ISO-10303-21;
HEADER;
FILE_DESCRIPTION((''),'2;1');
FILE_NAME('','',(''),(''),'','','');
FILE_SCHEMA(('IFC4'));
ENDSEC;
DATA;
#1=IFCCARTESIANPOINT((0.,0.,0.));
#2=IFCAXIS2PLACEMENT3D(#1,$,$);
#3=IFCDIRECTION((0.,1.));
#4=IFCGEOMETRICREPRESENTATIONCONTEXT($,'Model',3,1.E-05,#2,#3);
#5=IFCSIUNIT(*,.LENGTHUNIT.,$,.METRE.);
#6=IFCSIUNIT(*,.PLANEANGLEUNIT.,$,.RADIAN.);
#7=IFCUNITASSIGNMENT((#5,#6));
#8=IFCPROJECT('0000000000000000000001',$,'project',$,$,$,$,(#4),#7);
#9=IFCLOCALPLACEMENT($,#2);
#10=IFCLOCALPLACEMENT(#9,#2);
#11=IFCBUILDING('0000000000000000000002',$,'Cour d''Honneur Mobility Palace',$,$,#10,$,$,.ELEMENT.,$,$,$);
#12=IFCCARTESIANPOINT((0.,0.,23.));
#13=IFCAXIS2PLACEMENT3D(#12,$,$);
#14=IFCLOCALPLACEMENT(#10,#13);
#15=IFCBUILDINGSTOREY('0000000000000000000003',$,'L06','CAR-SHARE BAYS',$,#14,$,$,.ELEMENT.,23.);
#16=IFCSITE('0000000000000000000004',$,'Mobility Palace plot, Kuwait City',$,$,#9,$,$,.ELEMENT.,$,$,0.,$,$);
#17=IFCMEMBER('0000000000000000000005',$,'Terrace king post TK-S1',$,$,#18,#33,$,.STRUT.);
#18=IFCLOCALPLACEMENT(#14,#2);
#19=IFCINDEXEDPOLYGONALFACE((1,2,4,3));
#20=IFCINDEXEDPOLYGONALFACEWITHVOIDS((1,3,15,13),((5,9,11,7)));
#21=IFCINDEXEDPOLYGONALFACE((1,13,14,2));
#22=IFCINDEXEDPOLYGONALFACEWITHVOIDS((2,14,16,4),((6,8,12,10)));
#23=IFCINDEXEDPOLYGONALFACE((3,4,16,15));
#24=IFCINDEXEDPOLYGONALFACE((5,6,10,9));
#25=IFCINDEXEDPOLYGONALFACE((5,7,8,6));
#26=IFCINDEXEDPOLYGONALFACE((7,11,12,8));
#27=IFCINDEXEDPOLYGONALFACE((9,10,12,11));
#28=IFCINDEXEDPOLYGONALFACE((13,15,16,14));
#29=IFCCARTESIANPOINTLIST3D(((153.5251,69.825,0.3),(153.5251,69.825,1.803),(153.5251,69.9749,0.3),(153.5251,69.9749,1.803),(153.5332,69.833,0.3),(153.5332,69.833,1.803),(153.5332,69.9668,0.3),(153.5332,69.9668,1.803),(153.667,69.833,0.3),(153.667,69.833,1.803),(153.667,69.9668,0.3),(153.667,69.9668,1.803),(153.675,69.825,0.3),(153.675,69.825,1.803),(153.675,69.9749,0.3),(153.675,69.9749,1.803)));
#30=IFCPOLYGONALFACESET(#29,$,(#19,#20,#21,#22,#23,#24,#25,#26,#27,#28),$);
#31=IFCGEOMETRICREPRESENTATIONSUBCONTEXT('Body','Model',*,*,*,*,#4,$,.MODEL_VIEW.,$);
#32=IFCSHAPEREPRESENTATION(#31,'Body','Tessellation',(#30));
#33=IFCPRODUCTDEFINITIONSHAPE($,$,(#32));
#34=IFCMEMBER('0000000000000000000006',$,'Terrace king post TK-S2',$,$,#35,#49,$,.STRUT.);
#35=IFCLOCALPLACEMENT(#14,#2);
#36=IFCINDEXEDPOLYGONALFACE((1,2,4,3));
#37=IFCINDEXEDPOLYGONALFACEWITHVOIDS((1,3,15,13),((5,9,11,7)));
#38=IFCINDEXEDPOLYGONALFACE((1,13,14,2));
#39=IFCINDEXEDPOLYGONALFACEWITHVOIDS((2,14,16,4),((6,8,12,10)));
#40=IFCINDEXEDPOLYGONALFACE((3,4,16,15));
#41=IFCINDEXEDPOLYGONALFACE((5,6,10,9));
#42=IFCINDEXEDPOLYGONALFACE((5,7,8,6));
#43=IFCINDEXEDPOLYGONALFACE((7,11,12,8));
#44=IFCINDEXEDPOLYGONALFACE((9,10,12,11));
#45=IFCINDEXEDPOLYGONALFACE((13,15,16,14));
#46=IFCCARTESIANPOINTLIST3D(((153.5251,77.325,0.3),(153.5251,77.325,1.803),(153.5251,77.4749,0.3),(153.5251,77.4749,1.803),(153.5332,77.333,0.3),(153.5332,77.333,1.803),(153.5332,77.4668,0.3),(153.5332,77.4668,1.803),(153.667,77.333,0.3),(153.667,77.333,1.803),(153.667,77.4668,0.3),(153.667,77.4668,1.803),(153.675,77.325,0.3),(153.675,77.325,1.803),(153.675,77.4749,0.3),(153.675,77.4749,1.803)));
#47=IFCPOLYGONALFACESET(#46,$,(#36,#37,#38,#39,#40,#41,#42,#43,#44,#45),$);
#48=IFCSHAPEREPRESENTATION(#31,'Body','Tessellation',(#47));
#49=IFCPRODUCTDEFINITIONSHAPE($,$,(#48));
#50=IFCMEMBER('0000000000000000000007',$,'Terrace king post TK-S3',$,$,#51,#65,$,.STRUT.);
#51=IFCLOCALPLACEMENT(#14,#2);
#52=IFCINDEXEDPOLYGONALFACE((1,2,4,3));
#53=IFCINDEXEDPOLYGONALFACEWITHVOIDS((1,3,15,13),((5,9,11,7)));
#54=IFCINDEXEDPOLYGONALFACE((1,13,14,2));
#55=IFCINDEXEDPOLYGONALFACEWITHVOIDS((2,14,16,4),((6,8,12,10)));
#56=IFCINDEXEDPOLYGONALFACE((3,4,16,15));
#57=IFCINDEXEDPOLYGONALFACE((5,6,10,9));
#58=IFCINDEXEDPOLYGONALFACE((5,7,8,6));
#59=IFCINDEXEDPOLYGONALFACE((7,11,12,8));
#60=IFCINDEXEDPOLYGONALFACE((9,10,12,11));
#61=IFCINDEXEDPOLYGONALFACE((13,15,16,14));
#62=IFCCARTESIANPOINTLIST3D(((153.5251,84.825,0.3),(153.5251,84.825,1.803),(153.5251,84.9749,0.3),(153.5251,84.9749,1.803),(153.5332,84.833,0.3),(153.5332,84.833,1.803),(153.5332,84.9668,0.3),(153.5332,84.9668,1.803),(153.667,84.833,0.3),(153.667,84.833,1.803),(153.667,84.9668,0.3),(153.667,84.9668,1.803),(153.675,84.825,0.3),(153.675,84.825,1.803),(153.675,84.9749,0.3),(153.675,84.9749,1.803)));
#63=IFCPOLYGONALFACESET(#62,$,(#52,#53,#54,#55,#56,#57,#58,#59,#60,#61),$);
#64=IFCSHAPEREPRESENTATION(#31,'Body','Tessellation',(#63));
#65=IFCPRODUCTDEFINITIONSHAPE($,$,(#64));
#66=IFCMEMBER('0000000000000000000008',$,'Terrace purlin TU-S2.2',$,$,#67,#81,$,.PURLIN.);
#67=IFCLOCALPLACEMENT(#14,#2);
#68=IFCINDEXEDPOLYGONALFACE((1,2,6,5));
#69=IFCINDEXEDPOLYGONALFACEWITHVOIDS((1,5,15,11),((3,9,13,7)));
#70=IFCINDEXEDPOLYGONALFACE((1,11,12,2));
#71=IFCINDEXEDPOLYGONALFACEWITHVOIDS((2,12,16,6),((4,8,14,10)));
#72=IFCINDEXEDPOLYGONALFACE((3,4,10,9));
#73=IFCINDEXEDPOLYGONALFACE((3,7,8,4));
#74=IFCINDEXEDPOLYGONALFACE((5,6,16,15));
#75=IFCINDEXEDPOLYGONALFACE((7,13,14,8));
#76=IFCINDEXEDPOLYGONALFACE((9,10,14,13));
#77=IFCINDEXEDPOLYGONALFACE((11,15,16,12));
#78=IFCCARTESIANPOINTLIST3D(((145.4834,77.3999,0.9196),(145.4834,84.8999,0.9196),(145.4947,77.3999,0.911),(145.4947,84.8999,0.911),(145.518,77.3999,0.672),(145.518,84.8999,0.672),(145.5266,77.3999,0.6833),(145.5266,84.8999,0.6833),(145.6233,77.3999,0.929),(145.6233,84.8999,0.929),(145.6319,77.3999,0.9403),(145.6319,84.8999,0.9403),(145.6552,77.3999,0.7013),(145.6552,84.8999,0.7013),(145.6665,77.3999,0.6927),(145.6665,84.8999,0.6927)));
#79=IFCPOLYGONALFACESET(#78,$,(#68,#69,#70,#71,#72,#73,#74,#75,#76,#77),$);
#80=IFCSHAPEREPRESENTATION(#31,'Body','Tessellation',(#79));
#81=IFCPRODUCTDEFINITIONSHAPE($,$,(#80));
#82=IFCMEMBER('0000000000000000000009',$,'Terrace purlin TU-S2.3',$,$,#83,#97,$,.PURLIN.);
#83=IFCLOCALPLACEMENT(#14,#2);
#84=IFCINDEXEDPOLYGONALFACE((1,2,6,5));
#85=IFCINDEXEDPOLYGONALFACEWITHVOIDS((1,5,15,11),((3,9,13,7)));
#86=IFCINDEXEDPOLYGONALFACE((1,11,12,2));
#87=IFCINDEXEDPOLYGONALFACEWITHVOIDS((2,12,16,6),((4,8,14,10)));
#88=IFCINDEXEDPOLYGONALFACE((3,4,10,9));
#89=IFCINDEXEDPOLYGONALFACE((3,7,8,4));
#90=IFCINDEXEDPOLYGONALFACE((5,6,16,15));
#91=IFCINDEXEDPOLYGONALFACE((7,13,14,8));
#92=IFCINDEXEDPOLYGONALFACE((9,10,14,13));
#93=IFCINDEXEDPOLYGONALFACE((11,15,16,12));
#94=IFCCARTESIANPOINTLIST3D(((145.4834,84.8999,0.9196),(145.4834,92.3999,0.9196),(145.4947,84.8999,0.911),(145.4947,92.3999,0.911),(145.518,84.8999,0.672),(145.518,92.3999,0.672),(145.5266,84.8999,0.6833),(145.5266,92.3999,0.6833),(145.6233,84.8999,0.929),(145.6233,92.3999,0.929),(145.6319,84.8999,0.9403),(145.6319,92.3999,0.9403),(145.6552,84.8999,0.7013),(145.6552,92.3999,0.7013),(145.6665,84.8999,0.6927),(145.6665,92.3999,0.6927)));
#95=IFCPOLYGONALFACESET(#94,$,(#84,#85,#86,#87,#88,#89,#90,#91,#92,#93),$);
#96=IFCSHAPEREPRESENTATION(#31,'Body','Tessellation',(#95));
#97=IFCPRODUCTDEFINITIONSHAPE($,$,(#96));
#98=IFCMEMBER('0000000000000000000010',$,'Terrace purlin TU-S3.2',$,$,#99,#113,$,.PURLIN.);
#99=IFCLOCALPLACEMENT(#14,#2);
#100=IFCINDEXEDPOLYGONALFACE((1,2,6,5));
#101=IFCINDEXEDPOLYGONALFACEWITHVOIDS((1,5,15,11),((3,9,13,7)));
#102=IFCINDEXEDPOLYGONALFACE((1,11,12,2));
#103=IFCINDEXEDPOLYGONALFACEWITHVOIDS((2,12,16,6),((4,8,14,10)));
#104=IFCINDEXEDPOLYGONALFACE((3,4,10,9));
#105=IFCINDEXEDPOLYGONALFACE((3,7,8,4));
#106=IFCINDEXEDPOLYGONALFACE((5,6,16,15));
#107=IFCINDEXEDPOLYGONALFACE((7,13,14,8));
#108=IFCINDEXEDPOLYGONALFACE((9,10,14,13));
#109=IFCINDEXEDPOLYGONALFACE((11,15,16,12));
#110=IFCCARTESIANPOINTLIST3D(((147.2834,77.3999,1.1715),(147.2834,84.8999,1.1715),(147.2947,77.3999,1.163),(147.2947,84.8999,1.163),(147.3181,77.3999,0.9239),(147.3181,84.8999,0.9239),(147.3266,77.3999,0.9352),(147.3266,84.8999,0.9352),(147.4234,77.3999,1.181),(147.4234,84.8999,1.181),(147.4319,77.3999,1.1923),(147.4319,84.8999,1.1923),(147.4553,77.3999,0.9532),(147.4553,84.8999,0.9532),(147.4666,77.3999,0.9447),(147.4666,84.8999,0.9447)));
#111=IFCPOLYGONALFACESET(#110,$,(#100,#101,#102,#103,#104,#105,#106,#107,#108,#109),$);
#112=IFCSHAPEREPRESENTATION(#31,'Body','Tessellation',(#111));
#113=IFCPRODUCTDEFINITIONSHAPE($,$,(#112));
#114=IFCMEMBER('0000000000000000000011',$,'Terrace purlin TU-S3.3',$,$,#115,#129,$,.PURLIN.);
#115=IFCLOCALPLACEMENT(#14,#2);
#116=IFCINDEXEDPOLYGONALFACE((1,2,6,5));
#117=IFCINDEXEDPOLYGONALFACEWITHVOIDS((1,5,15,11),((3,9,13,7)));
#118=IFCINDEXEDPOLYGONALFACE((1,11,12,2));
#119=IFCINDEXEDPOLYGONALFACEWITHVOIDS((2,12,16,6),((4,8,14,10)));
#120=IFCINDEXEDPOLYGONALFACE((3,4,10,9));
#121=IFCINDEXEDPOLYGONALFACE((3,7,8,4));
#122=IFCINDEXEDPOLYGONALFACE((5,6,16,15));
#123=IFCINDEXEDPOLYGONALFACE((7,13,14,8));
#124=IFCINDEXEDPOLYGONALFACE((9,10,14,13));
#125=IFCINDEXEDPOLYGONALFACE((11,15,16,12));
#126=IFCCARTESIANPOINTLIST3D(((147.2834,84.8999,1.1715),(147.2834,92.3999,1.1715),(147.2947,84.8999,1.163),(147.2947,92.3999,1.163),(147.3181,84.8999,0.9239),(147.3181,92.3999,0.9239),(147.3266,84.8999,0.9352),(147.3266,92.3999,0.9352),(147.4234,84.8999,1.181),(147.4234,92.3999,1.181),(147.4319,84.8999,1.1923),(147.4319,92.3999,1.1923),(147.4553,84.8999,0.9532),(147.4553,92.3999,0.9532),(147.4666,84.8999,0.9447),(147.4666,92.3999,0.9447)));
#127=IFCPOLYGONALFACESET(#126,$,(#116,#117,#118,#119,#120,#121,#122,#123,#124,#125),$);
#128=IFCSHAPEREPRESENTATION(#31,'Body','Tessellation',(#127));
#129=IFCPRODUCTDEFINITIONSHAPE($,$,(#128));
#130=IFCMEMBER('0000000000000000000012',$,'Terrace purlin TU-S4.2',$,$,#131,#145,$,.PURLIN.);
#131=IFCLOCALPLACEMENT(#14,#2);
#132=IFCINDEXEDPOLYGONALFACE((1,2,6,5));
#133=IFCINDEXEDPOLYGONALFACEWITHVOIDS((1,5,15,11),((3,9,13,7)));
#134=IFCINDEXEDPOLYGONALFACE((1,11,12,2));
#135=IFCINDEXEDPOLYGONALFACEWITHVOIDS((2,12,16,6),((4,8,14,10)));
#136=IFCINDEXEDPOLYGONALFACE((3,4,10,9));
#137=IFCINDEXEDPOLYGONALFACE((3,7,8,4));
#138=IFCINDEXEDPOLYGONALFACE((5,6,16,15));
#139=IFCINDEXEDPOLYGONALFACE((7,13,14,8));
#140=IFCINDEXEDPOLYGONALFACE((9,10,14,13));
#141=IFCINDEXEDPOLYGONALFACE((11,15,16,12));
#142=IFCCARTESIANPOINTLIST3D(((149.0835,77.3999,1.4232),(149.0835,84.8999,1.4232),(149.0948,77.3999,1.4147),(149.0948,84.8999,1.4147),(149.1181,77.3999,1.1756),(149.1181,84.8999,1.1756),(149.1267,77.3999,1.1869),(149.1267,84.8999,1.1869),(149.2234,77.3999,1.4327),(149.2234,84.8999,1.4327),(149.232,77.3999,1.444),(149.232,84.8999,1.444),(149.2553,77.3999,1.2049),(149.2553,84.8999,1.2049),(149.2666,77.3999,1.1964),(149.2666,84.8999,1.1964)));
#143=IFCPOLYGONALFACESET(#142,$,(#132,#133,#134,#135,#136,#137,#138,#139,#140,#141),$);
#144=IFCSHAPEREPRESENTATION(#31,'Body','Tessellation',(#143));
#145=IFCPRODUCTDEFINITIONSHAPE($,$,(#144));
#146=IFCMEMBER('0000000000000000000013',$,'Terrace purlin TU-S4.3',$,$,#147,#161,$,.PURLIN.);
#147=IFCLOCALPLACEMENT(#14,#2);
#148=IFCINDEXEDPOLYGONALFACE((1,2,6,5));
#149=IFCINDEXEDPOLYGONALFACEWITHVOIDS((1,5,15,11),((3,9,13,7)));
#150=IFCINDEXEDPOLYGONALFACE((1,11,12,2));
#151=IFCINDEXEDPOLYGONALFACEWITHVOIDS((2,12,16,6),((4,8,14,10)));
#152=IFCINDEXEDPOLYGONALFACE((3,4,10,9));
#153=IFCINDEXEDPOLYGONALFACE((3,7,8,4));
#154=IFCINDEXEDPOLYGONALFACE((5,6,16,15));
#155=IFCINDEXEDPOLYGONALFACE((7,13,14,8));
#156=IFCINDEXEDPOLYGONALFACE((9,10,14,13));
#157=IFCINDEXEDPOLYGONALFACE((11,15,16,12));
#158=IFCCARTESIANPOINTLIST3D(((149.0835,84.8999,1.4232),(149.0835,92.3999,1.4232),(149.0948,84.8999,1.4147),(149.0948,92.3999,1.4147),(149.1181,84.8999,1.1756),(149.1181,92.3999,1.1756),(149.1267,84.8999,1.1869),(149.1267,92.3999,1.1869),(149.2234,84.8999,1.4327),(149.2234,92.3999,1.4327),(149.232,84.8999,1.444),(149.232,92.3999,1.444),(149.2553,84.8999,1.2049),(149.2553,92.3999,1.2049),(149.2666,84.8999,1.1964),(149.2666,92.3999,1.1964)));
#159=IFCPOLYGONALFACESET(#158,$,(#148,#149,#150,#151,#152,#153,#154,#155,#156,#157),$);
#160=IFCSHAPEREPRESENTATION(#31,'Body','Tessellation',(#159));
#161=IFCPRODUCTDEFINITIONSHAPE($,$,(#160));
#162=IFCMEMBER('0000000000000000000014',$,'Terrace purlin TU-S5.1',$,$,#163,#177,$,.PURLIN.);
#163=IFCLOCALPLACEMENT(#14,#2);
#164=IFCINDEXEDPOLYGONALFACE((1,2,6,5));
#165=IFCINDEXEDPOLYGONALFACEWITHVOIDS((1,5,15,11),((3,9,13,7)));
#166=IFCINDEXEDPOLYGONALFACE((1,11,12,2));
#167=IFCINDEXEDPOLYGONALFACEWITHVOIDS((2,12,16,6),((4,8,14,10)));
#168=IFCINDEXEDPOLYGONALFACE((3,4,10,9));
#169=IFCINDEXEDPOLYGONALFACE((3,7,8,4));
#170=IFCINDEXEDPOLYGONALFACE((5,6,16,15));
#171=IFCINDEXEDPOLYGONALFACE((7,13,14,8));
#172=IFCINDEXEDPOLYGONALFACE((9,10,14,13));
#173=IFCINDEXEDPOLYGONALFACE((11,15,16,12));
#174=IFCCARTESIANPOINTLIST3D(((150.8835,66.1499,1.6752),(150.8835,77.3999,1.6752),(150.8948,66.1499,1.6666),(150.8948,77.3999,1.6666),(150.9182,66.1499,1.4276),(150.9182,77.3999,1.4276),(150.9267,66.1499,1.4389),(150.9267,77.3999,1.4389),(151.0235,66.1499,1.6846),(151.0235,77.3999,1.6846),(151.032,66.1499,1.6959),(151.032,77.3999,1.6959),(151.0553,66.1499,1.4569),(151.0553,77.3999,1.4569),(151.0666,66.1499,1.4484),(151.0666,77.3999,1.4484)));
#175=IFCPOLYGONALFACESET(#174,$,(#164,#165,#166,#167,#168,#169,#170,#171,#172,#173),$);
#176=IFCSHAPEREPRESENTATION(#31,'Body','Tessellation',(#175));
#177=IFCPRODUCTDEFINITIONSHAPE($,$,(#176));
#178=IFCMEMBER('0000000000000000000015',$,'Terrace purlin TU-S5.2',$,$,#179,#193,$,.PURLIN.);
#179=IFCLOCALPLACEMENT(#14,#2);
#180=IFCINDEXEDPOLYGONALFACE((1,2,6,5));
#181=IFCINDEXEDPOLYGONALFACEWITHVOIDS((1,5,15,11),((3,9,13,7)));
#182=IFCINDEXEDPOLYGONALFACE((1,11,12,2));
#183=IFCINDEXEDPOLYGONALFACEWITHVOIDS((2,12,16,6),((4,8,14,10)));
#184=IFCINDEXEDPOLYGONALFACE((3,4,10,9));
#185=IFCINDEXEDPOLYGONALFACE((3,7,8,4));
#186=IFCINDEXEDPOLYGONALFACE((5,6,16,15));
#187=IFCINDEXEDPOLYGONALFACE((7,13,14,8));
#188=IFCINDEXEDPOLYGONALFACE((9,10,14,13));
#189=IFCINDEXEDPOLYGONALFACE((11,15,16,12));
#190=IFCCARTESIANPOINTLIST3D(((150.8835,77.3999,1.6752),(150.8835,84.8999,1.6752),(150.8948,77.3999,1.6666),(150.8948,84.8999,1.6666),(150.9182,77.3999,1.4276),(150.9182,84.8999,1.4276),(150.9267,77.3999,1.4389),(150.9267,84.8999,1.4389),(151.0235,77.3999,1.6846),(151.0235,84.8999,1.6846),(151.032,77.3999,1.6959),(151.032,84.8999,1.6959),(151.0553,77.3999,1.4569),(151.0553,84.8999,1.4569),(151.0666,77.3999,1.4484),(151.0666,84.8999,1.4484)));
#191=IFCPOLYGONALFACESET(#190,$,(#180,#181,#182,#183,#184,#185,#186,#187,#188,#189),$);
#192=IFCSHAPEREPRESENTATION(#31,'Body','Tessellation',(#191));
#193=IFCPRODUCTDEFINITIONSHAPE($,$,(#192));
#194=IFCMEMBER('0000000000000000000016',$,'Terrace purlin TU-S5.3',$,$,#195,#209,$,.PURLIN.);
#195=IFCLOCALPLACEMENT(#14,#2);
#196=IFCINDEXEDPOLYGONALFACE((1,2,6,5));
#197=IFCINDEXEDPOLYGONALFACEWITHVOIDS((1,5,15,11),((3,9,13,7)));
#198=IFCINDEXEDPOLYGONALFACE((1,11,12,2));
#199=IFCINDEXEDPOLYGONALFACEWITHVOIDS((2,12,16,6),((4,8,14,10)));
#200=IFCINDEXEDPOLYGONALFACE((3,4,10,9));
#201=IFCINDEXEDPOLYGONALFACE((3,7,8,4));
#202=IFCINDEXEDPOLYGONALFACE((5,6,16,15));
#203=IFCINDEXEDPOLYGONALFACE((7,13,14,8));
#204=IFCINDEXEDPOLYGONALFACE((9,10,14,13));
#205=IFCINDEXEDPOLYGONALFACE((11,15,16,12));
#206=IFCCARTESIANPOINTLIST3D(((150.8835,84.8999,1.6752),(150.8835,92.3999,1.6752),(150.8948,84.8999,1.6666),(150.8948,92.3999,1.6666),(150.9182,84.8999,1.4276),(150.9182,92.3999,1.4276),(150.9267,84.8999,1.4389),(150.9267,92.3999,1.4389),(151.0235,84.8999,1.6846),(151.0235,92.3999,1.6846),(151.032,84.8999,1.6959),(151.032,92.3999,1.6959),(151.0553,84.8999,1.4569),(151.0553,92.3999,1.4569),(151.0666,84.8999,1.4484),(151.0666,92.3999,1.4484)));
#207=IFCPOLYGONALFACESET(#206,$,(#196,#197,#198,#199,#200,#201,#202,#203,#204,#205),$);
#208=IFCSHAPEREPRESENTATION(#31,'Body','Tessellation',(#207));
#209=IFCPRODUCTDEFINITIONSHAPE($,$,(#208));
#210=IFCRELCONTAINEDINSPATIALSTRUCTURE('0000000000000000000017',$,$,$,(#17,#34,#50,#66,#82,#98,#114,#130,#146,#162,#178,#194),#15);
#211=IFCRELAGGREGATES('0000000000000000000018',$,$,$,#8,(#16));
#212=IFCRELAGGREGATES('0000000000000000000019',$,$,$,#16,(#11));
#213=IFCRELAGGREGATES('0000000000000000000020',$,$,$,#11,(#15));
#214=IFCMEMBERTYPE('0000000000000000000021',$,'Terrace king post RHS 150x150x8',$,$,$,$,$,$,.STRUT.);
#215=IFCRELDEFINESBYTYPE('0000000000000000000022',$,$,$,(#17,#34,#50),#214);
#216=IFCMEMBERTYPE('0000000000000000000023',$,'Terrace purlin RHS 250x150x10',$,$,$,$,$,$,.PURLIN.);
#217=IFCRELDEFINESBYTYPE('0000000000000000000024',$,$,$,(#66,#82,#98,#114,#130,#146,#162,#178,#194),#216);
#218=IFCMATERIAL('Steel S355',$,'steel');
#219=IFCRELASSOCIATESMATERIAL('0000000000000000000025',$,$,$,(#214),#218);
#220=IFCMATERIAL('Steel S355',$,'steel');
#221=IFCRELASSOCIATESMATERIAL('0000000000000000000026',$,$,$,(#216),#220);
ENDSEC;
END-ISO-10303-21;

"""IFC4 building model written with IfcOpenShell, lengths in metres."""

from ifc_helpers import new_model, si_unit, direction, frame, origin, origin_2d, place, context, subcontext, project, spatial, hollow_rectangle, extrude, material, material_profile, profile_set, type_object, element, save


model = new_model("IFC4")

# Units and contexts
model_context = context("Model", 3, precision=1e-05, world=origin(), true_north=direction((0.0, 1.0)))
body_context = subcontext(model_context, "Body", "Model", "MODEL_VIEW")
ifc_project = project(units=[si_unit("LENGTHUNIT", "METRE"), si_unit("PLANEANGLEUNIT", "RADIAN")], contexts=[model_context])

# Site, building, storey
site_placement = place(None, origin())
site = spatial("IfcSite", under=ifc_project, at=site_placement, Name="Mobility Palace plot, Kuwait City", CompositionType="ELEMENT", RefElevation=0.0)
building_placement = place(site_placement, origin())
building = spatial("IfcBuilding", under=site, at=building_placement, Name="Cour d'Honneur Mobility Palace", CompositionType="ELEMENT")
storey_placement = place(building_placement, frame((0.0, 0.0, 23.0)))
storey = spatial("IfcBuildingStorey", under=building, at=storey_placement, Name="L06", Description="CAR-SHARE BAYS", CompositionType="ELEMENT", Elevation=23.0)

# Members
ifc_material_1 = material(Name="Steel S355", Category="steel")
ifc_material_profile_1 = material_profile(ifc_material_1, hollow_rectangle(XDim=0.1499, YDim=0.1499, WallThickness=0.0081, at=origin_2d()), Name="RHS 150x150x8")
ifc_profile_set_1 = profile_set([ifc_material_profile_1], Name="Steel S355")
member_type_1 = type_object("IfcMemberType", Name="Terrace king post RHS 150x150x8", PredefinedType="STRUT", material=ifc_profile_set_1)
for number, where, z_axis, x_axis, name in (
    (1, (153.6001, 69.8999, 0.3), (0.0, 0.0, 1.0), (1.0, 0.0, 0.0), "Terrace king post TK-S1"),
    (2, (153.6001, 77.3999, 0.3), (0.0, 0.0, 1.0), (1.0, 0.0, 0.0), "Terrace king post TK-S2"),
    (3, (153.6001, 84.8999, 0.3), (0.0, 0.0, 1.0), (1.0, 0.0, 0.0), "Terrace king post TK-S3"),
):
    element("IfcMember", number, at=place(storey_placement, frame(where, z_axis=z_axis, x_axis=x_axis)), inside=storey, type_object=member_type_1, Name=name, PredefinedType="STRUT", context=body_context, shape_type="SweptSolid", body=[
        extrude(hollow_rectangle(XDim=0.1499, YDim=0.1499, WallThickness=0.0081, at=origin_2d()), origin(), (0.0, 0.0, 1.0), 1.5029),
    ])
ifc_material_2 = material(Name="Steel S355", Category="steel")
ifc_material_profile_2 = material_profile(ifc_material_2, hollow_rectangle(XDim=0.1499, YDim=0.25, WallThickness=0.01, at=origin_2d()), Name="RHS 250x150x10")
ifc_profile_set_2 = profile_set([ifc_material_profile_2], Name="Steel S355")
member_type_2 = type_object("IfcMemberType", Name="Terrace purlin RHS 250x150x10", PredefinedType="PURLIN", material=ifc_profile_set_2)
for number, where, z_axis, x_axis, name in (
    (4, (145.575, 77.3999, 0.8062), (0.0, 1.0, 0.0), (-0.99035, 0.0, -0.138591), "Terrace purlin TU-S2.2"),
    (5, (145.575, 84.8999, 0.8062), (0.0, 1.0, 0.0), (-0.99035, 0.0, -0.138591), "Terrace purlin TU-S2.3"),
    (6, (147.375, 77.3999, 1.0581), (0.0, 1.0, 0.0), (-0.99035, 0.0, -0.138591), "Terrace purlin TU-S3.2"),
    (7, (147.375, 84.8999, 1.0581), (0.0, 1.0, 0.0), (-0.99035, 0.0, -0.138591), "Terrace purlin TU-S3.3"),
    (8, (149.175, 77.3999, 1.3098), (0.0, 1.0, 0.0), (-0.99035, 0.0, -0.138591), "Terrace purlin TU-S4.2"),
    (9, (149.175, 84.8999, 1.3098), (0.0, 1.0, 0.0), (-0.99035, 0.0, -0.138591), "Terrace purlin TU-S4.3"),
):
    element("IfcMember", number, at=place(storey_placement, frame(where, z_axis=z_axis, x_axis=x_axis)), inside=storey, type_object=member_type_2, Name=name, PredefinedType="PURLIN", context=body_context, shape_type="SweptSolid", body=[
        extrude(hollow_rectangle(XDim=0.1499, YDim=0.25, WallThickness=0.01, at=origin_2d()), origin(), (0.0, 0.0, 1.0), 7.5),
    ])
member_1_placement = place(storey_placement, frame((150.9751, 66.1499, 1.5618), z_axis=(0.0, 1.0, 0.0), x_axis=(-0.99035, 0.0, -0.138591)))
element("IfcMember", 10, at=member_1_placement, inside=storey, type_object=member_type_2, Name="Terrace purlin TU-S5.1", PredefinedType="PURLIN", context=body_context, shape_type="SweptSolid", body=[
    extrude(hollow_rectangle(XDim=0.1499, YDim=0.25, WallThickness=0.01, at=origin_2d()), origin(), (0.0, 0.0, 1.0), 11.25),
])
for number, where, z_axis, x_axis, name in (
    (11, (150.9751, 77.3999, 1.5618), (0.0, 1.0, 0.0), (-0.99035, 0.0, -0.138591), "Terrace purlin TU-S5.2"),
    (12, (150.9751, 84.8999, 1.5618), (0.0, 1.0, 0.0), (-0.99035, 0.0, -0.138591), "Terrace purlin TU-S5.3"),
):
    element("IfcMember", number, at=place(storey_placement, frame(where, z_axis=z_axis, x_axis=x_axis)), inside=storey, type_object=member_type_2, Name=name, PredefinedType="PURLIN", context=body_context, shape_type="SweptSolid", body=[
        extrude(hollow_rectangle(XDim=0.1499, YDim=0.25, WallThickness=0.01, at=origin_2d()), origin(), (0.0, 0.0, 1.0), 7.5),
    ])

save(model, "model.ifc")
